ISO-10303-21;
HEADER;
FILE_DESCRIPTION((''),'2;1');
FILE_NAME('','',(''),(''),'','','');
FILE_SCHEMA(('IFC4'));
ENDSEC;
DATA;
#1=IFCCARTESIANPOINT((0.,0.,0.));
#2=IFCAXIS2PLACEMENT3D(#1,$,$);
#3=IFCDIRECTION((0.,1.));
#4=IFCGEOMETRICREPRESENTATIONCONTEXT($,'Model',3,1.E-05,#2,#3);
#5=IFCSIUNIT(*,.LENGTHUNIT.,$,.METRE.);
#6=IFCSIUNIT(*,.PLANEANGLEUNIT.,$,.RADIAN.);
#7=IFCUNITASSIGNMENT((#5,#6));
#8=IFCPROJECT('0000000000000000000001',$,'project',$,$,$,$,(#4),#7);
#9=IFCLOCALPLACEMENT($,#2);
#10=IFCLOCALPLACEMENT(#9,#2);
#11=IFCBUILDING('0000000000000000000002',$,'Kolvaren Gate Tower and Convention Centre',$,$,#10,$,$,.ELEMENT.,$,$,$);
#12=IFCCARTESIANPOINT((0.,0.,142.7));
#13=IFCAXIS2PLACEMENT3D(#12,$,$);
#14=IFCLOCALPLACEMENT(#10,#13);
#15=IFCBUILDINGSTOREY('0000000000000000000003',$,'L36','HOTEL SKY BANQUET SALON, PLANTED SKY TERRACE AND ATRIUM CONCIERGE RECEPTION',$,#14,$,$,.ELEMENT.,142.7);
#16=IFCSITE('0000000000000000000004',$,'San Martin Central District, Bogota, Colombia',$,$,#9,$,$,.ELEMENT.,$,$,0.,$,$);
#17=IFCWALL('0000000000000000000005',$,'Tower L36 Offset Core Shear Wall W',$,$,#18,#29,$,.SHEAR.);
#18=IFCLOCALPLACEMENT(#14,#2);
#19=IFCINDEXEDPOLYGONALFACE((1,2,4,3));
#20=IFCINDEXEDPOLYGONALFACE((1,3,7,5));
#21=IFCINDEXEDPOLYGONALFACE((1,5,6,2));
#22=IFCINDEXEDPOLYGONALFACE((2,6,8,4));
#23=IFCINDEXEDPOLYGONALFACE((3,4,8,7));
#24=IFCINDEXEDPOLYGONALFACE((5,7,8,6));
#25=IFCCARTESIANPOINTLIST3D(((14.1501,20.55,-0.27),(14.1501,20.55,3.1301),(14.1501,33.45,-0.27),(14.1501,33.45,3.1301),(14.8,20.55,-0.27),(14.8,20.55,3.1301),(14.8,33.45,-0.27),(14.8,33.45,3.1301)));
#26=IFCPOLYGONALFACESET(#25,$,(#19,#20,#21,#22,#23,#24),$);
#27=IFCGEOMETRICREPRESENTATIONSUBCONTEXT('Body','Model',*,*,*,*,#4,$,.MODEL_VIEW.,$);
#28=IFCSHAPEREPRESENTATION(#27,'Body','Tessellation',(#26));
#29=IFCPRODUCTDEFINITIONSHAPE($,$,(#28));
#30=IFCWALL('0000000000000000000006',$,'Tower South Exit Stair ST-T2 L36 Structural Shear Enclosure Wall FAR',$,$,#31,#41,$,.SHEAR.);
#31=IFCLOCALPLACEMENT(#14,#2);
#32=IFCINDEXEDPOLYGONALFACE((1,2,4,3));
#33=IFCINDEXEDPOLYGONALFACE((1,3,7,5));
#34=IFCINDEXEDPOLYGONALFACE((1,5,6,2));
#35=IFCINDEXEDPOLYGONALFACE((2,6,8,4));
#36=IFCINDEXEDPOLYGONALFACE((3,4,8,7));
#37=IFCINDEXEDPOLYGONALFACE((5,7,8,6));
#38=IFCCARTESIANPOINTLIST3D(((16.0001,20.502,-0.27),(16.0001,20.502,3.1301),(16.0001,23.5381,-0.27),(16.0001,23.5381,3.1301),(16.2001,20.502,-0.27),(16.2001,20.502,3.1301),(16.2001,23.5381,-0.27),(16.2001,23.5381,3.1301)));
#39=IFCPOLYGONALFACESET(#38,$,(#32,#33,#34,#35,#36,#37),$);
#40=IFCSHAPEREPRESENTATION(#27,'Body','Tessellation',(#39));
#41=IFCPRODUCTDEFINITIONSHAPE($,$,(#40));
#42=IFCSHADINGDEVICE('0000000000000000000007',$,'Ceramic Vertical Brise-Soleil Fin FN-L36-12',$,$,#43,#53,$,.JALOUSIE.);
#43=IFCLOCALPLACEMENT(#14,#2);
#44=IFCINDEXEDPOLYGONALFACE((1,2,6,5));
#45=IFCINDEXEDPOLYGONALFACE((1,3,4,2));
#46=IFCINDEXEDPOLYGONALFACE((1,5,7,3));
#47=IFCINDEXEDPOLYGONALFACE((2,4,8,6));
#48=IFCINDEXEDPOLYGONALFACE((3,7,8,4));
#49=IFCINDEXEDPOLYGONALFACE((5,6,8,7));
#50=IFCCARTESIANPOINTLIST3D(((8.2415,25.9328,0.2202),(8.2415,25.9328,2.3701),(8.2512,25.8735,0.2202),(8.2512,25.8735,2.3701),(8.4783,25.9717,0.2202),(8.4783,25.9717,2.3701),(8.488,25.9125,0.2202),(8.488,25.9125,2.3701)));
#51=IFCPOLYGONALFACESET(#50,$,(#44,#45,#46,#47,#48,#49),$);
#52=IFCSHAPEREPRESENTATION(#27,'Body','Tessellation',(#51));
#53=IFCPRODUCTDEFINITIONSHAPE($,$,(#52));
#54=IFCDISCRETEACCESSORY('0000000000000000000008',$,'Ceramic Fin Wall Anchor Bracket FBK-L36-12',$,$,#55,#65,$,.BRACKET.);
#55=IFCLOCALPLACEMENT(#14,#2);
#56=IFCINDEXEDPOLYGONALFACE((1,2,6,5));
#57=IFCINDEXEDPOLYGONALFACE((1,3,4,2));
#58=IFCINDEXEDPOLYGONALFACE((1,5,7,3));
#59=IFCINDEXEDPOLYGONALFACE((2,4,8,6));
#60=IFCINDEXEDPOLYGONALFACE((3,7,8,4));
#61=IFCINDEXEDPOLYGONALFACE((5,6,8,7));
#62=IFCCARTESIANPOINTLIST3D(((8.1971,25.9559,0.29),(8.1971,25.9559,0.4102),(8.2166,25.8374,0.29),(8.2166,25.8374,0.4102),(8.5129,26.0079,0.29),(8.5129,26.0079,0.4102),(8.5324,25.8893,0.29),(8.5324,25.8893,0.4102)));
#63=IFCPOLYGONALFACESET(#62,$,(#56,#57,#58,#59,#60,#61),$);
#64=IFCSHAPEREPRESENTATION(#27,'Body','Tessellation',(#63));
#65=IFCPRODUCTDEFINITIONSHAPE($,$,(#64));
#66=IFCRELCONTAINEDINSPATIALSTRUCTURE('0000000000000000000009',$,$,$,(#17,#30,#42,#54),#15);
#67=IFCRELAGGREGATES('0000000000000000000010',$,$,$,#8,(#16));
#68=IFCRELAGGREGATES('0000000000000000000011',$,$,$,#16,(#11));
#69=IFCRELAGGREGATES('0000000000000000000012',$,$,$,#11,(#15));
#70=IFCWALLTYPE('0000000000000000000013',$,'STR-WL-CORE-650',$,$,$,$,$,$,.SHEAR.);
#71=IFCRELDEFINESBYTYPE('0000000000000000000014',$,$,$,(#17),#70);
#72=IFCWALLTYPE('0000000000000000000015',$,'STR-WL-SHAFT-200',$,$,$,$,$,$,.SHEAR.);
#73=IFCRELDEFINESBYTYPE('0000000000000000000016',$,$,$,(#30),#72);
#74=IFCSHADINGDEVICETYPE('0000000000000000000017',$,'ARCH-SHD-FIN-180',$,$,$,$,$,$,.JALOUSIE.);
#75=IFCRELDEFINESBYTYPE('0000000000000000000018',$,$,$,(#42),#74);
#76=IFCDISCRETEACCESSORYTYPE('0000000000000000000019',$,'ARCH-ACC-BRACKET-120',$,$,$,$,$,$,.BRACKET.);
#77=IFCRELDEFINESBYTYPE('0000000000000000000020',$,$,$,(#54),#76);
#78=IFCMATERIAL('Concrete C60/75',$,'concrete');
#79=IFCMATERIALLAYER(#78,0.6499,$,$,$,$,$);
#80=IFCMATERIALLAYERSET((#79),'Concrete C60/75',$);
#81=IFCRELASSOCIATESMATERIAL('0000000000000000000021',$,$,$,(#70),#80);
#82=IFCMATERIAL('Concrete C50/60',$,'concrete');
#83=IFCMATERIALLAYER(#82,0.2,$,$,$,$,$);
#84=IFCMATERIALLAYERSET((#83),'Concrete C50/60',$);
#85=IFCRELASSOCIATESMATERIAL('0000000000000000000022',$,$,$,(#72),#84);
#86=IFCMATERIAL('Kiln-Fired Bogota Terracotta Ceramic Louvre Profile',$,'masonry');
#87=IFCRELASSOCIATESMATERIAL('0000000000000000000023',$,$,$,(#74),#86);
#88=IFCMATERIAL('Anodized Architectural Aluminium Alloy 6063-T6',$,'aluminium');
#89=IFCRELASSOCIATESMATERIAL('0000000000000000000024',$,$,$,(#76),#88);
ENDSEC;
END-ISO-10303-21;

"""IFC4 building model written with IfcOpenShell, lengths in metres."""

from ifc_helpers import new_model, si_unit, direction, frame, frame_2d, origin, origin_2d, place, context, subcontext, project, spatial, rectangle, extrude, material, layer, layer_set, type_object, element, save


model = new_model("IFC4")

# Units and contexts
model_context = context("Model", 3, precision=1e-05, world=origin(), true_north=direction((0.0, 1.0)))
body_context = subcontext(model_context, "Body", "Model", "MODEL_VIEW")
ifc_project = project(units=[si_unit("LENGTHUNIT", "METRE"), si_unit("PLANEANGLEUNIT", "RADIAN")], contexts=[model_context])

# Site, building, storey
site_placement = place(None, origin())
site = spatial("IfcSite", under=ifc_project, at=site_placement, Name="San Martin Central District, Bogota, Colombia", CompositionType="ELEMENT", RefElevation=0.0)
building_placement = place(site_placement, origin())
building = spatial("IfcBuilding", under=site, at=building_placement, Name="Kolvaren Gate Tower and Convention Centre", CompositionType="ELEMENT")
storey_placement = place(building_placement, frame((0.0, 0.0, 142.7)))
storey = spatial("IfcBuildingStorey", under=building, at=storey_placement, Name="L36", Description="HOTEL SKY BANQUET SALON, PLANTED SKY TERRACE AND ATRIUM CONCIERGE RECEPTION", CompositionType="ELEMENT", Elevation=142.7)

# Shared definitions
ifc_material_1 = material(Name="Concrete C60/75", Category="concrete")

# Walls
ifc_material_2 = material(Name="Concrete C50/60", Category="concrete")
ifc_layer_1 = layer(ifc_material_1, 0.6499)
ifc_layer_set_1 = layer_set([ifc_layer_1], Name="Concrete C60/75")
wall_type_1 = type_object("IfcWallType", Name="STR-WL-CORE-650", PredefinedType="SHEAR", material=ifc_layer_set_1)
wall_1_placement = place(storey_placement, frame((14.4751, 20.55, -0.27), z_axis=(0.0, 0.0, 1.0), x_axis=(0.0, 1.0, 0.0)))
element("IfcWall", 1, at=wall_1_placement, inside=storey, type_object=wall_type_1, Name="Tower L36 Offset Core Shear Wall W", PredefinedType="SHEAR", context=body_context, shape_type="SweptSolid", body=[
    extrude(rectangle(XDim=12.8999, YDim=0.6499, at=frame_2d((6.45, 0.0))), origin(), (0.0, 0.0, 1.0), 3.4001),
])
ifc_layer_2 = layer(ifc_material_2, 0.2)
ifc_layer_set_2 = layer_set([ifc_layer_2], Name="Concrete C50/60")
wall_type_2 = type_object("IfcWallType", Name="STR-WL-SHAFT-200", PredefinedType="SHEAR", material=ifc_layer_set_2)
wall_2_placement = place(storey_placement, frame((16.1001, 20.502, -0.27), z_axis=(0.0, 0.0, 1.0), x_axis=(0.0, 1.0, 0.0)))
element("IfcWall", 2, at=wall_2_placement, inside=storey, type_object=wall_type_2, Name="Tower South Exit Stair ST-T2 L36 Structural Shear Enclosure Wall FAR", PredefinedType="SHEAR", context=body_context, shape_type="SweptSolid", body=[
    extrude(rectangle(XDim=3.0361, YDim=0.2, at=frame_2d((1.5181, 0.0))), origin(), (0.0, 0.0, 1.0), 3.4001),
])

# Shading device
ifc_material_3 = material(Name="Kiln-Fired Bogota Terracotta Ceramic Louvre Profile", Category="masonry")
shading_device_type = type_object("IfcShadingDeviceType", Name="ARCH-SHD-FIN-180", PredefinedType="JALOUSIE", material=ifc_material_3)
shading_device_placement = place(storey_placement, frame((8.3647, 25.9226, 0.2202), z_axis=(0.0, 0.0, 1.0), x_axis=(0.162381, -0.986728, 0.0)))
element("IfcShadingDevice", 3, at=shading_device_placement, inside=storey, type_object=shading_device_type, Name="Ceramic Vertical Brise-Soleil Fin FN-L36-12", PredefinedType="JALOUSIE", context=body_context, shape_type="SweptSolid", body=[
    extrude(rectangle(XDim=0.0601, YDim=0.24, at=origin_2d()), origin(), (0.0, 0.0, 1.0), 2.1499),
])

# Discrete accessory
ifc_material_4 = material(Name="Anodized Architectural Aluminium Alloy 6063-T6", Category="aluminium")
discrete_accessory_type = type_object("IfcDiscreteAccessoryType", Name="ARCH-ACC-BRACKET-120", PredefinedType="BRACKET", material=ifc_material_4)
discrete_accessory_placement = place(storey_placement, frame((8.3647, 25.9226, 0.29), z_axis=(0.0, 0.0, 1.0), x_axis=(0.162381, -0.986728, 0.0)))
element("IfcDiscreteAccessory", 4, at=discrete_accessory_placement, inside=storey, type_object=discrete_accessory_type, Name="Ceramic Fin Wall Anchor Bracket FBK-L36-12", PredefinedType="BRACKET", context=body_context, shape_type="SweptSolid", body=[
    extrude(rectangle(XDim=0.1201, YDim=0.3201, at=origin_2d()), origin(), (0.0, 0.0, 1.0), 0.1201),
])

save(model, "model.ifc")
